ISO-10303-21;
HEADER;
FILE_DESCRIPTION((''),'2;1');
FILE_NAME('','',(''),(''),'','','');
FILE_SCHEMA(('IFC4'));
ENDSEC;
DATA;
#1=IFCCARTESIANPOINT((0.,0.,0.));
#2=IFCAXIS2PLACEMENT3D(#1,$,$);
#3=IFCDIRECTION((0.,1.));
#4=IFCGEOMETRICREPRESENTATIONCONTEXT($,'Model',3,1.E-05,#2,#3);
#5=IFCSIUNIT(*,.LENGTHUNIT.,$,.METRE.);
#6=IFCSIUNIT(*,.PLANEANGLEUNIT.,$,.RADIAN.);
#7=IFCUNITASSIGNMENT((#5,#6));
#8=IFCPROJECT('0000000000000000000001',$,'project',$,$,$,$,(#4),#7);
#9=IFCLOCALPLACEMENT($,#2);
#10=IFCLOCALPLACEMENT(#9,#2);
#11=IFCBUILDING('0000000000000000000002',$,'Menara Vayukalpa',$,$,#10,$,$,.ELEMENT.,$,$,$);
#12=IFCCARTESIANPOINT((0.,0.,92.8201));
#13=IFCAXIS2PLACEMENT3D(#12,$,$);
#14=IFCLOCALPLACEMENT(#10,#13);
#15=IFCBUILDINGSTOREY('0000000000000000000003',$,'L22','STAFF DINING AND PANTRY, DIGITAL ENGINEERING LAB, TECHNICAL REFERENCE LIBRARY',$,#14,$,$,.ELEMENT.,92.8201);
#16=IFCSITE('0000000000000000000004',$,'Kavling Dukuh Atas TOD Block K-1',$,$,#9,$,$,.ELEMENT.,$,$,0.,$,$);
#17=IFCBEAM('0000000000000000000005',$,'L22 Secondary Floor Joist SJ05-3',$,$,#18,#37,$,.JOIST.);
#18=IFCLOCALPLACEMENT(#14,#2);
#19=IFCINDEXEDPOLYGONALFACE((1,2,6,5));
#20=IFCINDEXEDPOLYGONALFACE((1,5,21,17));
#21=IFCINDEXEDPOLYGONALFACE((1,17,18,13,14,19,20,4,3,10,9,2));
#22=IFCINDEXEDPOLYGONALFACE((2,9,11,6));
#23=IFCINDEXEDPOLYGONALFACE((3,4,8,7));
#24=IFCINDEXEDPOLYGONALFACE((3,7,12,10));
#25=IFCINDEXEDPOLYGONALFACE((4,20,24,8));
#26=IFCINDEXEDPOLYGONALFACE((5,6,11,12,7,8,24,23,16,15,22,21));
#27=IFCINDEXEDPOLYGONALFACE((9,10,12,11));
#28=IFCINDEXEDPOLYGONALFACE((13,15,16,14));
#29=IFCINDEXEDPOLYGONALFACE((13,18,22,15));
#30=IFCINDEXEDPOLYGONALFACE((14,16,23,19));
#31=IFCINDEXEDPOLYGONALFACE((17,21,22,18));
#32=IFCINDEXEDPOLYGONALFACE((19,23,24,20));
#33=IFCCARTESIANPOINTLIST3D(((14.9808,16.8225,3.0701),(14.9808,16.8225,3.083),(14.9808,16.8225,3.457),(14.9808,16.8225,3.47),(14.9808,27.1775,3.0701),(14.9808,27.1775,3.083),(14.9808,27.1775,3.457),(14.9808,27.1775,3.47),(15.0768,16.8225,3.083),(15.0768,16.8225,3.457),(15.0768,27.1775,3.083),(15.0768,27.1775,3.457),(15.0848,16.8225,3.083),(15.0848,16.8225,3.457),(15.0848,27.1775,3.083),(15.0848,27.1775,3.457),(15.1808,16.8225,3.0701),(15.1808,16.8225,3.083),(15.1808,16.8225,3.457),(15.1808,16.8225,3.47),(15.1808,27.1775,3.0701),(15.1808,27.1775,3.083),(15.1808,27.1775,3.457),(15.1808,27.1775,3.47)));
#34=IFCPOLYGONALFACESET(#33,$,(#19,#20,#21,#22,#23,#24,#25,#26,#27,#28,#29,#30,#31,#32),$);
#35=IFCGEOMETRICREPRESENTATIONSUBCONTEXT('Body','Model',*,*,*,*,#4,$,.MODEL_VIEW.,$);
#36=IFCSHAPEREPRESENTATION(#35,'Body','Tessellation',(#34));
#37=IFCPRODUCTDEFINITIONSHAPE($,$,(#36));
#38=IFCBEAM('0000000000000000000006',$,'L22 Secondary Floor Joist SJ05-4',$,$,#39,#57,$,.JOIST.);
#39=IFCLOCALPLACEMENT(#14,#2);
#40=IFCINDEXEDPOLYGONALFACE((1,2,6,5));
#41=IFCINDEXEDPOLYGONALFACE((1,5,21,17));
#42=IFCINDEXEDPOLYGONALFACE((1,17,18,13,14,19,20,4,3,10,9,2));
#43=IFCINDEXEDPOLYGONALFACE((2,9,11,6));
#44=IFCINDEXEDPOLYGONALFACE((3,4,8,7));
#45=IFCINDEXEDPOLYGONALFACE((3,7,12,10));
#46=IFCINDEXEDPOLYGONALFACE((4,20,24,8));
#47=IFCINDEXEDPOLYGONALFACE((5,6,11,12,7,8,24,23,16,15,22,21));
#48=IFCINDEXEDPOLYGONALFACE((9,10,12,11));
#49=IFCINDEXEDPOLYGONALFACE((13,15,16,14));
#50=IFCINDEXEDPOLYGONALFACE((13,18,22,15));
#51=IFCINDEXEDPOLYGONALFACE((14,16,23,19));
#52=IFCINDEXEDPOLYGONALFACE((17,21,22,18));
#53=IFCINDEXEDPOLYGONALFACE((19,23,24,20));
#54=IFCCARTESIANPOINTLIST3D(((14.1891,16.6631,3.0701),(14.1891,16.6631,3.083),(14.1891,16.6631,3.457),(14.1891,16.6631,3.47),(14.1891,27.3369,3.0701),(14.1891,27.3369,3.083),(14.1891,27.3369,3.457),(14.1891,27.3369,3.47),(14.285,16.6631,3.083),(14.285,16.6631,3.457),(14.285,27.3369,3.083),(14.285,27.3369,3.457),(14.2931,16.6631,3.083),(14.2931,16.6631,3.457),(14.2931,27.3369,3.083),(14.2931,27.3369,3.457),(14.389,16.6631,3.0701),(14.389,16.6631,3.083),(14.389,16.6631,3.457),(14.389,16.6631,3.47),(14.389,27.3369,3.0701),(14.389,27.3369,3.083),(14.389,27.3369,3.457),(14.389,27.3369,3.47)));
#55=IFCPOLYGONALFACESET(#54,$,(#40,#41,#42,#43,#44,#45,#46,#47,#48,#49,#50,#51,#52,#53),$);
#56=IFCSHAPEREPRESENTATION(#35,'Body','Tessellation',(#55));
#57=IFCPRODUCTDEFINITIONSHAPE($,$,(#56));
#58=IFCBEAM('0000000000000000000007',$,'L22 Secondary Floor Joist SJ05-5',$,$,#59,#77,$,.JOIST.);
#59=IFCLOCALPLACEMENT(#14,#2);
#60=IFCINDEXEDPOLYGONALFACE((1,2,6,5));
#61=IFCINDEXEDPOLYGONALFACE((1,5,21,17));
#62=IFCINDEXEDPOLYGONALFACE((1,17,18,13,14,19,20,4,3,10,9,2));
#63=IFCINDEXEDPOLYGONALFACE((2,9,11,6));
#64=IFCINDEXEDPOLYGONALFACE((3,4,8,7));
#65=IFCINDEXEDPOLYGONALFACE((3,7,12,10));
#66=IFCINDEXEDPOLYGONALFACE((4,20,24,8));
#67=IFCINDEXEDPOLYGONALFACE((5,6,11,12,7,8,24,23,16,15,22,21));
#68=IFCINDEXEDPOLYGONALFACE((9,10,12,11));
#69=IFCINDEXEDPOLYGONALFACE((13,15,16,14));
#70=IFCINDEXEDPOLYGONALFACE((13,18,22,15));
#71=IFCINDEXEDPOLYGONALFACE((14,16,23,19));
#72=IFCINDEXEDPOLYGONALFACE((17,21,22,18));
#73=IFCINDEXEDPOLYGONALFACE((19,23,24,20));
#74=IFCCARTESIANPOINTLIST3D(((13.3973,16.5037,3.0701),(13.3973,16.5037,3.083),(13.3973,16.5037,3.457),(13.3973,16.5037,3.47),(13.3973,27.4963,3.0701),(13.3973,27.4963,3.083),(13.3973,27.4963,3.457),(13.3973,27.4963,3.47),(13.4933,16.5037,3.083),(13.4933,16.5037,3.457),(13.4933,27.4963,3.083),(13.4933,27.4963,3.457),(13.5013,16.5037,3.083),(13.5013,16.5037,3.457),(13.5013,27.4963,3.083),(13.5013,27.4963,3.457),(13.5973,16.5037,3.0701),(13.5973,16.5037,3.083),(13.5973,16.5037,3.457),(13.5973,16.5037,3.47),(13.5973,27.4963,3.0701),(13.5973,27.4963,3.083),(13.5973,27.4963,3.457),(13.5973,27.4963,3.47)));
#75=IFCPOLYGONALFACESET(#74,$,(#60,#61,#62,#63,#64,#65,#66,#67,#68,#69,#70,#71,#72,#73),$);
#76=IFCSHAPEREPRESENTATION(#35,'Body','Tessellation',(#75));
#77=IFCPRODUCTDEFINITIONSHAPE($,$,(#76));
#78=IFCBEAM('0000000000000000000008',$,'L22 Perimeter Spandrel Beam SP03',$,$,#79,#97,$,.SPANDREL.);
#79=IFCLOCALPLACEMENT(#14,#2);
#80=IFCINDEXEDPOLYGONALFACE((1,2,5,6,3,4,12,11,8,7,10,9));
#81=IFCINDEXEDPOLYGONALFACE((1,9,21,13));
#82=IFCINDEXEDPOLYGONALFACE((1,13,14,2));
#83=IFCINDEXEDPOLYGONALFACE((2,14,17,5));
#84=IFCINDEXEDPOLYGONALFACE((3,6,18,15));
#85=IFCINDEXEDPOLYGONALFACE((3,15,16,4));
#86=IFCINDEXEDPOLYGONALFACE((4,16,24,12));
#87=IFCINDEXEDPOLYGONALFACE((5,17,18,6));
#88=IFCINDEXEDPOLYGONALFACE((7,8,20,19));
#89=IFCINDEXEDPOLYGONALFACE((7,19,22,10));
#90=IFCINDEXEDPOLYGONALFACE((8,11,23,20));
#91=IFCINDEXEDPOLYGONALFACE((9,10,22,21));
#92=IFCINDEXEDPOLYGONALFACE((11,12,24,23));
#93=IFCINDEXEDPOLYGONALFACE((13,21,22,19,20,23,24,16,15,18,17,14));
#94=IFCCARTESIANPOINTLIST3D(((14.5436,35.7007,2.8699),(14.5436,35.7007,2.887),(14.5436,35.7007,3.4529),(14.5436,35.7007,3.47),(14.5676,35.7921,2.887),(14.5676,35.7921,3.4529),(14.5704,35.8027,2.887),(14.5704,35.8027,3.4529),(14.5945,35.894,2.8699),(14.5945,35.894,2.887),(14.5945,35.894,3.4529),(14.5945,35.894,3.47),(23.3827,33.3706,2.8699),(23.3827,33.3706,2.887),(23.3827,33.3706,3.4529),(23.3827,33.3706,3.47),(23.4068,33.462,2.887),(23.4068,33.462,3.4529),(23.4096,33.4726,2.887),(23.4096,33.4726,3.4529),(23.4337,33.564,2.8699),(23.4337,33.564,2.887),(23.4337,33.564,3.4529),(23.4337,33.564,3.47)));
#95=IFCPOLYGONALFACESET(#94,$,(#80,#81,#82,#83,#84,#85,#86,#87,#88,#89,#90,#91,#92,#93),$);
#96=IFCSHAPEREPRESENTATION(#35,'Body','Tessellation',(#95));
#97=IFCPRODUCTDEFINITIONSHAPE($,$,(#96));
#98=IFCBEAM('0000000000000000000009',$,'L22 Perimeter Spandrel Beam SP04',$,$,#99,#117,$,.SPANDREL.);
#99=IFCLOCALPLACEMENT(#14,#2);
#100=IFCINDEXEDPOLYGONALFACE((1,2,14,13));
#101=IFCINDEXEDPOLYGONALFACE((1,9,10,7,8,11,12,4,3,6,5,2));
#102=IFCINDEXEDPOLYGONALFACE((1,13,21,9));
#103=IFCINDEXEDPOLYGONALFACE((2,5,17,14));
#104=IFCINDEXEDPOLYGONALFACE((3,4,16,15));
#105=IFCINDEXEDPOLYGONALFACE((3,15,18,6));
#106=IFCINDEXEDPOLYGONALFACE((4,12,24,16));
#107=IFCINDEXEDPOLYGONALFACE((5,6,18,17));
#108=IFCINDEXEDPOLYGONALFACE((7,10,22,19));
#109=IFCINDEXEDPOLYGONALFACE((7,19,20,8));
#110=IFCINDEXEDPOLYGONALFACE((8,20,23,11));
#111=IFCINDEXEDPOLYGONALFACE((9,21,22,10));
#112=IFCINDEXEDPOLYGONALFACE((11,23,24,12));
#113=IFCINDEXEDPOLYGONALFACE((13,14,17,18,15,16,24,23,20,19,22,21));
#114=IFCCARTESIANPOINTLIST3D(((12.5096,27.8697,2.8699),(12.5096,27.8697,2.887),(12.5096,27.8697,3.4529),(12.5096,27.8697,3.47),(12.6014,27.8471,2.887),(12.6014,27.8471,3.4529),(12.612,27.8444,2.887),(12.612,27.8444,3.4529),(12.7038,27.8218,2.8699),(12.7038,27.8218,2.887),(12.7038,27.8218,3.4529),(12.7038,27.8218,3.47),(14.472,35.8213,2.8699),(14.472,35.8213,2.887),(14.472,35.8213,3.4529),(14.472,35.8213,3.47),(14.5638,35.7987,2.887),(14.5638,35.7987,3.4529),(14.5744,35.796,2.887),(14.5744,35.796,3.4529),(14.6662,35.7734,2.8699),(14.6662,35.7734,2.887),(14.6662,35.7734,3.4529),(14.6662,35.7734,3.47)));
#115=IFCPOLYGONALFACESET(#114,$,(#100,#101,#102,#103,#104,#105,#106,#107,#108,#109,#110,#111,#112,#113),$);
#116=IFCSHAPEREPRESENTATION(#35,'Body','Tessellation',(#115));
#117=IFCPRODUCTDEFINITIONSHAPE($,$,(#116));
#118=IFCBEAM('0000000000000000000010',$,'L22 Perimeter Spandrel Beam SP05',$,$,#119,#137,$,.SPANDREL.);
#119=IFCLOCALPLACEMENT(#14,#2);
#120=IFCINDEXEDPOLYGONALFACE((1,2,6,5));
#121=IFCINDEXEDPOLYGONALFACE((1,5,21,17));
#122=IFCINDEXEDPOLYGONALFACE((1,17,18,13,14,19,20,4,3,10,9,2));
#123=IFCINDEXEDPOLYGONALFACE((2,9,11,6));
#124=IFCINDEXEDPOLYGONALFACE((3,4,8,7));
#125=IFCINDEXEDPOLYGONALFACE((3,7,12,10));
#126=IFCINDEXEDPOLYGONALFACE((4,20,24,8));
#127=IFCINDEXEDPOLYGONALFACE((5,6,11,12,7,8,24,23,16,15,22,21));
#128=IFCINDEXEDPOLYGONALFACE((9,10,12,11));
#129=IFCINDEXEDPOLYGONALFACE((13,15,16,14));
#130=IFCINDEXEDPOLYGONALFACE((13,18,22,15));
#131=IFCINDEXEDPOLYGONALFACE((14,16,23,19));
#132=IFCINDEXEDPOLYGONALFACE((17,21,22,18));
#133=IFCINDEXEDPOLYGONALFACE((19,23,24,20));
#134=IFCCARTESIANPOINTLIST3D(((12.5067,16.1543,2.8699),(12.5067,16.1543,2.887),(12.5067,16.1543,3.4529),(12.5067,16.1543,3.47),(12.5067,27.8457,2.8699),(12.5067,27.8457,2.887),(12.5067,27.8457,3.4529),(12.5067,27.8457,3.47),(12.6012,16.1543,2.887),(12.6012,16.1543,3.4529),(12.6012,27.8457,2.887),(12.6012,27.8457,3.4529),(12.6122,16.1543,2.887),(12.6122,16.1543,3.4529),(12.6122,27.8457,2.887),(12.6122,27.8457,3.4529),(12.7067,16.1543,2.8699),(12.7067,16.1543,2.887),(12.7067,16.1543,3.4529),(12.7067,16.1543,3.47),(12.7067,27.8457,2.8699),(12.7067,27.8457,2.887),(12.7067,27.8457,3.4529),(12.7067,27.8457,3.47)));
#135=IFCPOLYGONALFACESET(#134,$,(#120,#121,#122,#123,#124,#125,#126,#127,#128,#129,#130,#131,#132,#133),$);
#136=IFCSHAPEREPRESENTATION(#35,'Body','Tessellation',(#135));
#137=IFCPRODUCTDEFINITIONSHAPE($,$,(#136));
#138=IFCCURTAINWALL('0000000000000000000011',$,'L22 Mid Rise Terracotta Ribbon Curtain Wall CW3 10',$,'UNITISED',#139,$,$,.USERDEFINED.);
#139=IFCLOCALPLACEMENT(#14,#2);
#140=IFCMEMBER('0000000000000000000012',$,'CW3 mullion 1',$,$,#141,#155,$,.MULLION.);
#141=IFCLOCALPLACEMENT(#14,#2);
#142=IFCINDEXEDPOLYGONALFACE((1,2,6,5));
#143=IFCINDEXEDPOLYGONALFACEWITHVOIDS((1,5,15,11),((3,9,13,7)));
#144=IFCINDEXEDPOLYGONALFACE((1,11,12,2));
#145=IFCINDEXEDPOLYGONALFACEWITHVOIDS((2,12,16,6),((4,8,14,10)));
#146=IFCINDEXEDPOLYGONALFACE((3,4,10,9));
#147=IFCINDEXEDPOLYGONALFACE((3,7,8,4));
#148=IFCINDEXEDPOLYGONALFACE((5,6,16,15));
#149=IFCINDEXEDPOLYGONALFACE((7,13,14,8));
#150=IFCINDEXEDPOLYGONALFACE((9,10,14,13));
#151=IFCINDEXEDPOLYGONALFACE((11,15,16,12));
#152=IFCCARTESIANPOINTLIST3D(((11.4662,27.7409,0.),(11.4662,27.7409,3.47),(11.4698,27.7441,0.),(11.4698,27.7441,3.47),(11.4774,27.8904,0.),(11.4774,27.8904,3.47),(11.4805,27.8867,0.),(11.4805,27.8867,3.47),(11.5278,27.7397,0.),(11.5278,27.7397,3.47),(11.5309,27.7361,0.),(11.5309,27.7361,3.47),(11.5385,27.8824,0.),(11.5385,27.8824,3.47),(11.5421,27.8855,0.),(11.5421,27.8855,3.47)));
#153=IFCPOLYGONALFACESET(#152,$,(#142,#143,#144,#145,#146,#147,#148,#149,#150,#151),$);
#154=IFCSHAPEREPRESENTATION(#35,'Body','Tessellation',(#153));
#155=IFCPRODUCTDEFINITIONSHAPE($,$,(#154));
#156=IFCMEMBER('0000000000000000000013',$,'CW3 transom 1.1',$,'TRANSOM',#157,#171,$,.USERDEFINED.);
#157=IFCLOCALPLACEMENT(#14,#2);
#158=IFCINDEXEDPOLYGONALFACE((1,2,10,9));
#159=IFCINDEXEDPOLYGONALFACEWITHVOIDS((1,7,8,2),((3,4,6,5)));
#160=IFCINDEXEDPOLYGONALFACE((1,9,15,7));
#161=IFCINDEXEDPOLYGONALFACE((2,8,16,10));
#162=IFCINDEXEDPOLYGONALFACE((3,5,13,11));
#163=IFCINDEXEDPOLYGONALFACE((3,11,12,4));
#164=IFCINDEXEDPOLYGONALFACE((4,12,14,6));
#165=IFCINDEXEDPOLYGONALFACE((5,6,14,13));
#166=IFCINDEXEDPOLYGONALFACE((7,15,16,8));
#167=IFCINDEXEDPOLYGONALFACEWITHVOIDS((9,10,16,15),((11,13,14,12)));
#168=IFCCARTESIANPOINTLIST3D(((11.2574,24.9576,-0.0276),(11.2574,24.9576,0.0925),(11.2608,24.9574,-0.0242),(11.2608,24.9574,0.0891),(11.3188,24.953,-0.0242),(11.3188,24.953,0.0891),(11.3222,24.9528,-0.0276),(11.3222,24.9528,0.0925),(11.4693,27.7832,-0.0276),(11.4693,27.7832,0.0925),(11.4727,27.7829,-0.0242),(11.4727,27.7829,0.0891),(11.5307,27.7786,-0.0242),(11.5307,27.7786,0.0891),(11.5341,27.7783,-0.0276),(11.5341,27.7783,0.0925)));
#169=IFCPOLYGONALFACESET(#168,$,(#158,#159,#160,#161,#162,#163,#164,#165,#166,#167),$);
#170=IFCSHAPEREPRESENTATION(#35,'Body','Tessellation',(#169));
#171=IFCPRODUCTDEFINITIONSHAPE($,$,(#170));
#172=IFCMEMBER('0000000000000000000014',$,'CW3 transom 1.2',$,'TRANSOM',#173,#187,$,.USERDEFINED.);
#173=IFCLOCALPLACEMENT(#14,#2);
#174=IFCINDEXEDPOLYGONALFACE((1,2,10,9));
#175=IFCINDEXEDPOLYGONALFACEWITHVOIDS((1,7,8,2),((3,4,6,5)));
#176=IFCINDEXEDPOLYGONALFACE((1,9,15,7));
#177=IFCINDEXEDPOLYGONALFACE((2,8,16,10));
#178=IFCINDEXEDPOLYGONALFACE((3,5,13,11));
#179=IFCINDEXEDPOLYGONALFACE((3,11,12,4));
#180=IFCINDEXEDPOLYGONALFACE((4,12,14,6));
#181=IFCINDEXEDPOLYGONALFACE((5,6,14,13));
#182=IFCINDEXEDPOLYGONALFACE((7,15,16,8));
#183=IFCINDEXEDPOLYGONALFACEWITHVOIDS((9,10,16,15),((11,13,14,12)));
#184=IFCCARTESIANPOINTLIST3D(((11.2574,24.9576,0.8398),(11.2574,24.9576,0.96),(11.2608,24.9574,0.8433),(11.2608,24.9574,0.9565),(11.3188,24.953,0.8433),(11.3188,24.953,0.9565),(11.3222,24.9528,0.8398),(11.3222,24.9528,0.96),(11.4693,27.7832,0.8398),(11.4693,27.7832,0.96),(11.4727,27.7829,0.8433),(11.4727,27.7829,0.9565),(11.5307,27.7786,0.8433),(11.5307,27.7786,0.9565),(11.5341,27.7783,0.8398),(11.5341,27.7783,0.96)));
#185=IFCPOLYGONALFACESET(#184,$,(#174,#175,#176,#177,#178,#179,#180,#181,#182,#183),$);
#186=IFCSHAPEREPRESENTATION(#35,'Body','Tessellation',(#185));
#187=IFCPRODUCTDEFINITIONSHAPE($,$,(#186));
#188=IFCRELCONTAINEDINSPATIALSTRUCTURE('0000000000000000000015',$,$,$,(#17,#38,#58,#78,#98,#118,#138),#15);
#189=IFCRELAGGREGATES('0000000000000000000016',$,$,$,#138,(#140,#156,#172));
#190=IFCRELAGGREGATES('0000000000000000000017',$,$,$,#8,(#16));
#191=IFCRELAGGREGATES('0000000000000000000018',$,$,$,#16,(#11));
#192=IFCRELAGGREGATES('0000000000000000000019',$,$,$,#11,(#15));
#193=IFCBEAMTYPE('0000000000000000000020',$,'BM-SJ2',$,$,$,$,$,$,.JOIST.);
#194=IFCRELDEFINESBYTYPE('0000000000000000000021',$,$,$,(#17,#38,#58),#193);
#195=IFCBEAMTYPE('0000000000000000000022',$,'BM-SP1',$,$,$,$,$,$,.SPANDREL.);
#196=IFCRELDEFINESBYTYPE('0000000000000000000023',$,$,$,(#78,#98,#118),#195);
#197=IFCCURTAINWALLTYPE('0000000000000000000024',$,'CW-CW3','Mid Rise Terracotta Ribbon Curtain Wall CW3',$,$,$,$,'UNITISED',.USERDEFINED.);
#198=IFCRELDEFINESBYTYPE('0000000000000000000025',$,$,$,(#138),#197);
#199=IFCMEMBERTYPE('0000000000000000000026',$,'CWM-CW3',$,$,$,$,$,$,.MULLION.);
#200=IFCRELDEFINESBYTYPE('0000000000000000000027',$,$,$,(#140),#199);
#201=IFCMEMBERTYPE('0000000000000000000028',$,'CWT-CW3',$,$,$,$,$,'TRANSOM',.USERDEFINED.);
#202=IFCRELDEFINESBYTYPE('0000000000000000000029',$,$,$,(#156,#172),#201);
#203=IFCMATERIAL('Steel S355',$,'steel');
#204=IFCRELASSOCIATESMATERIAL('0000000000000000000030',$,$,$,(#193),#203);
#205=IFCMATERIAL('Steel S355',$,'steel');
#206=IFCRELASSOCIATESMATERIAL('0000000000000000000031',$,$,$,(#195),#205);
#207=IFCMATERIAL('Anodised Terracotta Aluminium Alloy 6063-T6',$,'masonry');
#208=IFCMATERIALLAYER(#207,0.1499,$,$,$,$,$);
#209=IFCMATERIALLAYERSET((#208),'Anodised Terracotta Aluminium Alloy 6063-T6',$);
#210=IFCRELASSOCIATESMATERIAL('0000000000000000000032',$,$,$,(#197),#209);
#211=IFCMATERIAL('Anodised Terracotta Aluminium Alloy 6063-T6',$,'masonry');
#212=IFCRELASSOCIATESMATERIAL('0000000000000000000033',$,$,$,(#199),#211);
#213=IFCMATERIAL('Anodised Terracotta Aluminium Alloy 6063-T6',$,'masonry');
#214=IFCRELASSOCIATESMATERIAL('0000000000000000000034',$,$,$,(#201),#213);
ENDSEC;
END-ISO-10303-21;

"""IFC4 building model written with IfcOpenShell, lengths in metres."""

from ifc_helpers import new_model, si_unit, direction, frame, origin, origin_2d, place, context, subcontext, project, spatial, hollow_rectangle, i_section, extrude, material, layer, layer_set, material_profile, profile_set, type_object, element, aggregate, save


model = new_model("IFC4")

# Units and contexts
model_context = context("Model", 3, precision=1e-05, world=origin(), true_north=direction((0.0, 1.0)))
body_context = subcontext(model_context, "Body", "Model", "MODEL_VIEW")
ifc_project = project(units=[si_unit("LENGTHUNIT", "METRE"), si_unit("PLANEANGLEUNIT", "RADIAN")], contexts=[model_context])

# Site, building, storey
site_placement = place(None, origin())
site = spatial("IfcSite", under=ifc_project, at=site_placement, Name="Kavling Dukuh Atas TOD Block K-1", CompositionType="ELEMENT", RefElevation=0.0)
building_placement = place(site_placement, origin())
building = spatial("IfcBuilding", under=site, at=building_placement, Name="Menara Vayukalpa", CompositionType="ELEMENT")
storey_placement = place(building_placement, frame((0.0, 0.0, 92.8201)))
storey = spatial("IfcBuildingStorey", under=building, at=storey_placement, Name="L22", Description="STAFF DINING AND PANTRY, DIGITAL ENGINEERING LAB, TECHNICAL REFERENCE LIBRARY", CompositionType="ELEMENT", Elevation=92.8201)

# Beams
ifc_material_1 = material(Name="Steel S355", Category="steel")
ifc_material_profile_1 = material_profile(ifc_material_1, i_section(OverallWidth=0.2, OverallDepth=0.3999, WebThickness=0.0081, FlangeThickness=0.0129, at=origin_2d()), Name="WF 400x200x8x13")
ifc_profile_set_1 = profile_set([ifc_material_profile_1], Name="Steel S355")
beam_type_1 = type_object("IfcBeamType", Name="BM-SJ2", PredefinedType="JOIST", material=ifc_profile_set_1)
beam_1_placement = place(storey_placement, frame((15.0808, 27.1775, 3.27), z_axis=(0.0, -1.0, 0.0), x_axis=(1.0, 0.0, 0.0)))
element("IfcBeam", 1, at=beam_1_placement, inside=storey, type_object=beam_type_1, Name="L22 Secondary Floor Joist SJ05-3", PredefinedType="JOIST", context=body_context, shape_type="SweptSolid", body=[
    extrude(i_section(OverallWidth=0.2, OverallDepth=0.3999, WebThickness=0.0081, FlangeThickness=0.0129, at=origin_2d()), origin(), (0.0, 0.0, 1.0), 10.355),
])
beam_2_placement = place(storey_placement, frame((14.2891, 27.3369, 3.27), z_axis=(0.0, -1.0, 0.0), x_axis=(1.0, 0.0, 0.0)))
element("IfcBeam", 2, at=beam_2_placement, inside=storey, type_object=beam_type_1, Name="L22 Secondary Floor Joist SJ05-4", PredefinedType="JOIST", context=body_context, shape_type="SweptSolid", body=[
    extrude(i_section(OverallWidth=0.2, OverallDepth=0.3999, WebThickness=0.0081, FlangeThickness=0.0129, at=origin_2d()), origin(), (0.0, 0.0, 1.0), 10.6738),
])
beam_3_placement = place(storey_placement, frame((13.4973, 27.4963, 3.27), z_axis=(0.0, -1.0, 0.0), x_axis=(1.0, 0.0, 0.0)))
element("IfcBeam", 3, at=beam_3_placement, inside=storey, type_object=beam_type_1, Name="L22 Secondary Floor Joist SJ05-5", PredefinedType="JOIST", context=body_context, shape_type="SweptSolid", body=[
    extrude(i_section(OverallWidth=0.2, OverallDepth=0.3999, WebThickness=0.0081, FlangeThickness=0.0129, at=origin_2d()), origin(), (0.0, 0.0, 1.0), 10.9927),
])
ifc_material_2 = material(Name="Steel S355", Category="steel")
ifc_material_profile_2 = material_profile(ifc_material_2, i_section(OverallWidth=0.2, OverallDepth=0.6001, WebThickness=0.011, FlangeThickness=0.0171, at=origin_2d()), Name="WF 600x200x11x17")
ifc_profile_set_2 = profile_set([ifc_material_profile_2], Name="Steel S355")
beam_type_2 = type_object("IfcBeamType", Name="BM-SP1", PredefinedType="SPANDREL", material=ifc_profile_set_2)
beam_4_placement = place(storey_placement, frame((23.4082, 33.4673, 3.1699), z_axis=(-0.966967, 0.254902, 0.0), x_axis=(-0.254902, -0.966967, 0.0)))
element("IfcBeam", 4, at=beam_4_placement, inside=storey, type_object=beam_type_2, Name="L22 Perimeter Spandrel Beam SP03", PredefinedType="SPANDREL", context=body_context, shape_type="SweptSolid", body=[
    extrude(i_section(OverallWidth=0.2, OverallDepth=0.6001, WebThickness=0.011, FlangeThickness=0.0171, at=origin_2d()), origin(), (0.0, 0.0, 1.0), 9.1411),
])
beam_5_placement = place(storey_placement, frame((14.5691, 35.7974, 3.1699), z_axis=(-0.239603, -0.970871, 0.0), x_axis=(0.970871, -0.239603, 0.0)))
element("IfcBeam", 5, at=beam_5_placement, inside=storey, type_object=beam_type_2, Name="L22 Perimeter Spandrel Beam SP04", PredefinedType="SPANDREL", context=body_context, shape_type="SweptSolid", body=[
    extrude(i_section(OverallWidth=0.2, OverallDepth=0.6001, WebThickness=0.011, FlangeThickness=0.0171, at=origin_2d()), origin(), (0.0, 0.0, 1.0), 8.1902),
])
beam_6_placement = place(storey_placement, frame((12.6067, 27.8457, 3.1699), z_axis=(0.0, -1.0, 0.0), x_axis=(1.0, 0.0, 0.0)))
element("IfcBeam", 6, at=beam_6_placement, inside=storey, type_object=beam_type_2, Name="L22 Perimeter Spandrel Beam SP05", PredefinedType="SPANDREL", context=body_context, shape_type="SweptSolid", body=[
    extrude(i_section(OverallWidth=0.2, OverallDepth=0.6001, WebThickness=0.011, FlangeThickness=0.0171, at=origin_2d()), origin(), (0.0, 0.0, 1.0), 11.6914),
])

# Curtain wall, members
ifc_material_3 = material(Name="Anodised Terracotta Aluminium Alloy 6063-T6", Category="masonry")
ifc_layer_1 = layer(ifc_material_3, 0.1499)
ifc_layer_set_1 = layer_set([ifc_layer_1], Name="Anodised Terracotta Aluminium Alloy 6063-T6")
curtain_wall_type = type_object("IfcCurtainWallType", Name="CW-CW3", Description="Mid Rise Terracotta Ribbon Curtain Wall CW3", ElementType="UNITISED", PredefinedType="USERDEFINED", material=ifc_layer_set_1)
curtain_wall_placement = place(storey_placement, origin())
curtain_wall = element("IfcCurtainWall", 7, at=curtain_wall_placement, inside=storey, type_object=curtain_wall_type, Name="L22 Mid Rise Terracotta Ribbon Curtain Wall CW3 10", ObjectType="UNITISED", PredefinedType="USERDEFINED")
ifc_material_4 = material(Name="Anodised Terracotta Aluminium Alloy 6063-T6", Category="masonry")
ifc_material_profile_3 = material_profile(ifc_material_4, hollow_rectangle(XDim=0.0649, YDim=0.1499, WallThickness=0.0034, at=origin_2d()), Name="ALU 65x150x3.5")
ifc_profile_set_3 = profile_set([ifc_material_profile_3], Name="Anodised Terracotta Aluminium Alloy 6063-T6")
member_type_1 = type_object("IfcMemberType", Name="CWM-CW3", PredefinedType="MULLION", material=ifc_profile_set_3)
member_1_placement = place(storey_placement, frame((11.5042, 27.8132, 0.0), z_axis=(0.0, 0.0, 1.0), x_axis=(0.9972, -0.074785, 0.0)))
member_1 = element("IfcMember", 8, at=member_1_placement, type_object=member_type_1, Name="CW3 mullion 1", PredefinedType="MULLION", context=body_context, shape_type="SweptSolid", body=[
    extrude(hollow_rectangle(XDim=0.0649, YDim=0.1499, WallThickness=0.0034, at=origin_2d()), origin(), (0.0, 0.0, 1.0), 3.47),
])
ifc_material_5 = material(Name="Anodised Terracotta Aluminium Alloy 6063-T6", Category="masonry")
ifc_material_profile_4 = material_profile(ifc_material_5, hollow_rectangle(XDim=0.0649, YDim=0.1201, WallThickness=0.0034, at=origin_2d()), Name="ALU 65x120x3.5")
ifc_profile_set_4 = profile_set([ifc_material_profile_4], Name="Anodised Terracotta Aluminium Alloy 6063-T6")
member_type_2 = type_object("IfcMemberType", Name="CWT-CW3", ElementType="TRANSOM", PredefinedType="USERDEFINED", material=ifc_profile_set_4)
member_2_placement = place(storey_placement, frame((11.5017, 27.7808, 0.0325), z_axis=(-0.074792, -0.997199, 0.0), x_axis=(0.997199, -0.074792, 0.0)))
member_2 = element("IfcMember", 9, at=member_2_placement, type_object=member_type_2, Name="CW3 transom 1.1", ObjectType="TRANSOM", PredefinedType="USERDEFINED", context=body_context, shape_type="SweptSolid", body=[
    extrude(hollow_rectangle(XDim=0.0649, YDim=0.1201, WallThickness=0.0034, at=origin_2d()), origin(), (0.0, 0.0, 1.0), 2.8335),
])
member_3_placement = place(storey_placement, frame((11.5017, 27.7808, 0.8999), z_axis=(-0.074792, -0.997199, 0.0), x_axis=(0.997199, -0.074792, 0.0)))
member_3 = element("IfcMember", 10, at=member_3_placement, type_object=member_type_2, Name="CW3 transom 1.2", ObjectType="TRANSOM", PredefinedType="USERDEFINED", context=body_context, shape_type="SweptSolid", body=[
    extrude(hollow_rectangle(XDim=0.0649, YDim=0.1201, WallThickness=0.0034, at=origin_2d()), origin(), (0.0, 0.0, 1.0), 2.8335),
])
aggregate(curtain_wall, [member_1, member_2, member_3])

save(model, "model.ifc")
